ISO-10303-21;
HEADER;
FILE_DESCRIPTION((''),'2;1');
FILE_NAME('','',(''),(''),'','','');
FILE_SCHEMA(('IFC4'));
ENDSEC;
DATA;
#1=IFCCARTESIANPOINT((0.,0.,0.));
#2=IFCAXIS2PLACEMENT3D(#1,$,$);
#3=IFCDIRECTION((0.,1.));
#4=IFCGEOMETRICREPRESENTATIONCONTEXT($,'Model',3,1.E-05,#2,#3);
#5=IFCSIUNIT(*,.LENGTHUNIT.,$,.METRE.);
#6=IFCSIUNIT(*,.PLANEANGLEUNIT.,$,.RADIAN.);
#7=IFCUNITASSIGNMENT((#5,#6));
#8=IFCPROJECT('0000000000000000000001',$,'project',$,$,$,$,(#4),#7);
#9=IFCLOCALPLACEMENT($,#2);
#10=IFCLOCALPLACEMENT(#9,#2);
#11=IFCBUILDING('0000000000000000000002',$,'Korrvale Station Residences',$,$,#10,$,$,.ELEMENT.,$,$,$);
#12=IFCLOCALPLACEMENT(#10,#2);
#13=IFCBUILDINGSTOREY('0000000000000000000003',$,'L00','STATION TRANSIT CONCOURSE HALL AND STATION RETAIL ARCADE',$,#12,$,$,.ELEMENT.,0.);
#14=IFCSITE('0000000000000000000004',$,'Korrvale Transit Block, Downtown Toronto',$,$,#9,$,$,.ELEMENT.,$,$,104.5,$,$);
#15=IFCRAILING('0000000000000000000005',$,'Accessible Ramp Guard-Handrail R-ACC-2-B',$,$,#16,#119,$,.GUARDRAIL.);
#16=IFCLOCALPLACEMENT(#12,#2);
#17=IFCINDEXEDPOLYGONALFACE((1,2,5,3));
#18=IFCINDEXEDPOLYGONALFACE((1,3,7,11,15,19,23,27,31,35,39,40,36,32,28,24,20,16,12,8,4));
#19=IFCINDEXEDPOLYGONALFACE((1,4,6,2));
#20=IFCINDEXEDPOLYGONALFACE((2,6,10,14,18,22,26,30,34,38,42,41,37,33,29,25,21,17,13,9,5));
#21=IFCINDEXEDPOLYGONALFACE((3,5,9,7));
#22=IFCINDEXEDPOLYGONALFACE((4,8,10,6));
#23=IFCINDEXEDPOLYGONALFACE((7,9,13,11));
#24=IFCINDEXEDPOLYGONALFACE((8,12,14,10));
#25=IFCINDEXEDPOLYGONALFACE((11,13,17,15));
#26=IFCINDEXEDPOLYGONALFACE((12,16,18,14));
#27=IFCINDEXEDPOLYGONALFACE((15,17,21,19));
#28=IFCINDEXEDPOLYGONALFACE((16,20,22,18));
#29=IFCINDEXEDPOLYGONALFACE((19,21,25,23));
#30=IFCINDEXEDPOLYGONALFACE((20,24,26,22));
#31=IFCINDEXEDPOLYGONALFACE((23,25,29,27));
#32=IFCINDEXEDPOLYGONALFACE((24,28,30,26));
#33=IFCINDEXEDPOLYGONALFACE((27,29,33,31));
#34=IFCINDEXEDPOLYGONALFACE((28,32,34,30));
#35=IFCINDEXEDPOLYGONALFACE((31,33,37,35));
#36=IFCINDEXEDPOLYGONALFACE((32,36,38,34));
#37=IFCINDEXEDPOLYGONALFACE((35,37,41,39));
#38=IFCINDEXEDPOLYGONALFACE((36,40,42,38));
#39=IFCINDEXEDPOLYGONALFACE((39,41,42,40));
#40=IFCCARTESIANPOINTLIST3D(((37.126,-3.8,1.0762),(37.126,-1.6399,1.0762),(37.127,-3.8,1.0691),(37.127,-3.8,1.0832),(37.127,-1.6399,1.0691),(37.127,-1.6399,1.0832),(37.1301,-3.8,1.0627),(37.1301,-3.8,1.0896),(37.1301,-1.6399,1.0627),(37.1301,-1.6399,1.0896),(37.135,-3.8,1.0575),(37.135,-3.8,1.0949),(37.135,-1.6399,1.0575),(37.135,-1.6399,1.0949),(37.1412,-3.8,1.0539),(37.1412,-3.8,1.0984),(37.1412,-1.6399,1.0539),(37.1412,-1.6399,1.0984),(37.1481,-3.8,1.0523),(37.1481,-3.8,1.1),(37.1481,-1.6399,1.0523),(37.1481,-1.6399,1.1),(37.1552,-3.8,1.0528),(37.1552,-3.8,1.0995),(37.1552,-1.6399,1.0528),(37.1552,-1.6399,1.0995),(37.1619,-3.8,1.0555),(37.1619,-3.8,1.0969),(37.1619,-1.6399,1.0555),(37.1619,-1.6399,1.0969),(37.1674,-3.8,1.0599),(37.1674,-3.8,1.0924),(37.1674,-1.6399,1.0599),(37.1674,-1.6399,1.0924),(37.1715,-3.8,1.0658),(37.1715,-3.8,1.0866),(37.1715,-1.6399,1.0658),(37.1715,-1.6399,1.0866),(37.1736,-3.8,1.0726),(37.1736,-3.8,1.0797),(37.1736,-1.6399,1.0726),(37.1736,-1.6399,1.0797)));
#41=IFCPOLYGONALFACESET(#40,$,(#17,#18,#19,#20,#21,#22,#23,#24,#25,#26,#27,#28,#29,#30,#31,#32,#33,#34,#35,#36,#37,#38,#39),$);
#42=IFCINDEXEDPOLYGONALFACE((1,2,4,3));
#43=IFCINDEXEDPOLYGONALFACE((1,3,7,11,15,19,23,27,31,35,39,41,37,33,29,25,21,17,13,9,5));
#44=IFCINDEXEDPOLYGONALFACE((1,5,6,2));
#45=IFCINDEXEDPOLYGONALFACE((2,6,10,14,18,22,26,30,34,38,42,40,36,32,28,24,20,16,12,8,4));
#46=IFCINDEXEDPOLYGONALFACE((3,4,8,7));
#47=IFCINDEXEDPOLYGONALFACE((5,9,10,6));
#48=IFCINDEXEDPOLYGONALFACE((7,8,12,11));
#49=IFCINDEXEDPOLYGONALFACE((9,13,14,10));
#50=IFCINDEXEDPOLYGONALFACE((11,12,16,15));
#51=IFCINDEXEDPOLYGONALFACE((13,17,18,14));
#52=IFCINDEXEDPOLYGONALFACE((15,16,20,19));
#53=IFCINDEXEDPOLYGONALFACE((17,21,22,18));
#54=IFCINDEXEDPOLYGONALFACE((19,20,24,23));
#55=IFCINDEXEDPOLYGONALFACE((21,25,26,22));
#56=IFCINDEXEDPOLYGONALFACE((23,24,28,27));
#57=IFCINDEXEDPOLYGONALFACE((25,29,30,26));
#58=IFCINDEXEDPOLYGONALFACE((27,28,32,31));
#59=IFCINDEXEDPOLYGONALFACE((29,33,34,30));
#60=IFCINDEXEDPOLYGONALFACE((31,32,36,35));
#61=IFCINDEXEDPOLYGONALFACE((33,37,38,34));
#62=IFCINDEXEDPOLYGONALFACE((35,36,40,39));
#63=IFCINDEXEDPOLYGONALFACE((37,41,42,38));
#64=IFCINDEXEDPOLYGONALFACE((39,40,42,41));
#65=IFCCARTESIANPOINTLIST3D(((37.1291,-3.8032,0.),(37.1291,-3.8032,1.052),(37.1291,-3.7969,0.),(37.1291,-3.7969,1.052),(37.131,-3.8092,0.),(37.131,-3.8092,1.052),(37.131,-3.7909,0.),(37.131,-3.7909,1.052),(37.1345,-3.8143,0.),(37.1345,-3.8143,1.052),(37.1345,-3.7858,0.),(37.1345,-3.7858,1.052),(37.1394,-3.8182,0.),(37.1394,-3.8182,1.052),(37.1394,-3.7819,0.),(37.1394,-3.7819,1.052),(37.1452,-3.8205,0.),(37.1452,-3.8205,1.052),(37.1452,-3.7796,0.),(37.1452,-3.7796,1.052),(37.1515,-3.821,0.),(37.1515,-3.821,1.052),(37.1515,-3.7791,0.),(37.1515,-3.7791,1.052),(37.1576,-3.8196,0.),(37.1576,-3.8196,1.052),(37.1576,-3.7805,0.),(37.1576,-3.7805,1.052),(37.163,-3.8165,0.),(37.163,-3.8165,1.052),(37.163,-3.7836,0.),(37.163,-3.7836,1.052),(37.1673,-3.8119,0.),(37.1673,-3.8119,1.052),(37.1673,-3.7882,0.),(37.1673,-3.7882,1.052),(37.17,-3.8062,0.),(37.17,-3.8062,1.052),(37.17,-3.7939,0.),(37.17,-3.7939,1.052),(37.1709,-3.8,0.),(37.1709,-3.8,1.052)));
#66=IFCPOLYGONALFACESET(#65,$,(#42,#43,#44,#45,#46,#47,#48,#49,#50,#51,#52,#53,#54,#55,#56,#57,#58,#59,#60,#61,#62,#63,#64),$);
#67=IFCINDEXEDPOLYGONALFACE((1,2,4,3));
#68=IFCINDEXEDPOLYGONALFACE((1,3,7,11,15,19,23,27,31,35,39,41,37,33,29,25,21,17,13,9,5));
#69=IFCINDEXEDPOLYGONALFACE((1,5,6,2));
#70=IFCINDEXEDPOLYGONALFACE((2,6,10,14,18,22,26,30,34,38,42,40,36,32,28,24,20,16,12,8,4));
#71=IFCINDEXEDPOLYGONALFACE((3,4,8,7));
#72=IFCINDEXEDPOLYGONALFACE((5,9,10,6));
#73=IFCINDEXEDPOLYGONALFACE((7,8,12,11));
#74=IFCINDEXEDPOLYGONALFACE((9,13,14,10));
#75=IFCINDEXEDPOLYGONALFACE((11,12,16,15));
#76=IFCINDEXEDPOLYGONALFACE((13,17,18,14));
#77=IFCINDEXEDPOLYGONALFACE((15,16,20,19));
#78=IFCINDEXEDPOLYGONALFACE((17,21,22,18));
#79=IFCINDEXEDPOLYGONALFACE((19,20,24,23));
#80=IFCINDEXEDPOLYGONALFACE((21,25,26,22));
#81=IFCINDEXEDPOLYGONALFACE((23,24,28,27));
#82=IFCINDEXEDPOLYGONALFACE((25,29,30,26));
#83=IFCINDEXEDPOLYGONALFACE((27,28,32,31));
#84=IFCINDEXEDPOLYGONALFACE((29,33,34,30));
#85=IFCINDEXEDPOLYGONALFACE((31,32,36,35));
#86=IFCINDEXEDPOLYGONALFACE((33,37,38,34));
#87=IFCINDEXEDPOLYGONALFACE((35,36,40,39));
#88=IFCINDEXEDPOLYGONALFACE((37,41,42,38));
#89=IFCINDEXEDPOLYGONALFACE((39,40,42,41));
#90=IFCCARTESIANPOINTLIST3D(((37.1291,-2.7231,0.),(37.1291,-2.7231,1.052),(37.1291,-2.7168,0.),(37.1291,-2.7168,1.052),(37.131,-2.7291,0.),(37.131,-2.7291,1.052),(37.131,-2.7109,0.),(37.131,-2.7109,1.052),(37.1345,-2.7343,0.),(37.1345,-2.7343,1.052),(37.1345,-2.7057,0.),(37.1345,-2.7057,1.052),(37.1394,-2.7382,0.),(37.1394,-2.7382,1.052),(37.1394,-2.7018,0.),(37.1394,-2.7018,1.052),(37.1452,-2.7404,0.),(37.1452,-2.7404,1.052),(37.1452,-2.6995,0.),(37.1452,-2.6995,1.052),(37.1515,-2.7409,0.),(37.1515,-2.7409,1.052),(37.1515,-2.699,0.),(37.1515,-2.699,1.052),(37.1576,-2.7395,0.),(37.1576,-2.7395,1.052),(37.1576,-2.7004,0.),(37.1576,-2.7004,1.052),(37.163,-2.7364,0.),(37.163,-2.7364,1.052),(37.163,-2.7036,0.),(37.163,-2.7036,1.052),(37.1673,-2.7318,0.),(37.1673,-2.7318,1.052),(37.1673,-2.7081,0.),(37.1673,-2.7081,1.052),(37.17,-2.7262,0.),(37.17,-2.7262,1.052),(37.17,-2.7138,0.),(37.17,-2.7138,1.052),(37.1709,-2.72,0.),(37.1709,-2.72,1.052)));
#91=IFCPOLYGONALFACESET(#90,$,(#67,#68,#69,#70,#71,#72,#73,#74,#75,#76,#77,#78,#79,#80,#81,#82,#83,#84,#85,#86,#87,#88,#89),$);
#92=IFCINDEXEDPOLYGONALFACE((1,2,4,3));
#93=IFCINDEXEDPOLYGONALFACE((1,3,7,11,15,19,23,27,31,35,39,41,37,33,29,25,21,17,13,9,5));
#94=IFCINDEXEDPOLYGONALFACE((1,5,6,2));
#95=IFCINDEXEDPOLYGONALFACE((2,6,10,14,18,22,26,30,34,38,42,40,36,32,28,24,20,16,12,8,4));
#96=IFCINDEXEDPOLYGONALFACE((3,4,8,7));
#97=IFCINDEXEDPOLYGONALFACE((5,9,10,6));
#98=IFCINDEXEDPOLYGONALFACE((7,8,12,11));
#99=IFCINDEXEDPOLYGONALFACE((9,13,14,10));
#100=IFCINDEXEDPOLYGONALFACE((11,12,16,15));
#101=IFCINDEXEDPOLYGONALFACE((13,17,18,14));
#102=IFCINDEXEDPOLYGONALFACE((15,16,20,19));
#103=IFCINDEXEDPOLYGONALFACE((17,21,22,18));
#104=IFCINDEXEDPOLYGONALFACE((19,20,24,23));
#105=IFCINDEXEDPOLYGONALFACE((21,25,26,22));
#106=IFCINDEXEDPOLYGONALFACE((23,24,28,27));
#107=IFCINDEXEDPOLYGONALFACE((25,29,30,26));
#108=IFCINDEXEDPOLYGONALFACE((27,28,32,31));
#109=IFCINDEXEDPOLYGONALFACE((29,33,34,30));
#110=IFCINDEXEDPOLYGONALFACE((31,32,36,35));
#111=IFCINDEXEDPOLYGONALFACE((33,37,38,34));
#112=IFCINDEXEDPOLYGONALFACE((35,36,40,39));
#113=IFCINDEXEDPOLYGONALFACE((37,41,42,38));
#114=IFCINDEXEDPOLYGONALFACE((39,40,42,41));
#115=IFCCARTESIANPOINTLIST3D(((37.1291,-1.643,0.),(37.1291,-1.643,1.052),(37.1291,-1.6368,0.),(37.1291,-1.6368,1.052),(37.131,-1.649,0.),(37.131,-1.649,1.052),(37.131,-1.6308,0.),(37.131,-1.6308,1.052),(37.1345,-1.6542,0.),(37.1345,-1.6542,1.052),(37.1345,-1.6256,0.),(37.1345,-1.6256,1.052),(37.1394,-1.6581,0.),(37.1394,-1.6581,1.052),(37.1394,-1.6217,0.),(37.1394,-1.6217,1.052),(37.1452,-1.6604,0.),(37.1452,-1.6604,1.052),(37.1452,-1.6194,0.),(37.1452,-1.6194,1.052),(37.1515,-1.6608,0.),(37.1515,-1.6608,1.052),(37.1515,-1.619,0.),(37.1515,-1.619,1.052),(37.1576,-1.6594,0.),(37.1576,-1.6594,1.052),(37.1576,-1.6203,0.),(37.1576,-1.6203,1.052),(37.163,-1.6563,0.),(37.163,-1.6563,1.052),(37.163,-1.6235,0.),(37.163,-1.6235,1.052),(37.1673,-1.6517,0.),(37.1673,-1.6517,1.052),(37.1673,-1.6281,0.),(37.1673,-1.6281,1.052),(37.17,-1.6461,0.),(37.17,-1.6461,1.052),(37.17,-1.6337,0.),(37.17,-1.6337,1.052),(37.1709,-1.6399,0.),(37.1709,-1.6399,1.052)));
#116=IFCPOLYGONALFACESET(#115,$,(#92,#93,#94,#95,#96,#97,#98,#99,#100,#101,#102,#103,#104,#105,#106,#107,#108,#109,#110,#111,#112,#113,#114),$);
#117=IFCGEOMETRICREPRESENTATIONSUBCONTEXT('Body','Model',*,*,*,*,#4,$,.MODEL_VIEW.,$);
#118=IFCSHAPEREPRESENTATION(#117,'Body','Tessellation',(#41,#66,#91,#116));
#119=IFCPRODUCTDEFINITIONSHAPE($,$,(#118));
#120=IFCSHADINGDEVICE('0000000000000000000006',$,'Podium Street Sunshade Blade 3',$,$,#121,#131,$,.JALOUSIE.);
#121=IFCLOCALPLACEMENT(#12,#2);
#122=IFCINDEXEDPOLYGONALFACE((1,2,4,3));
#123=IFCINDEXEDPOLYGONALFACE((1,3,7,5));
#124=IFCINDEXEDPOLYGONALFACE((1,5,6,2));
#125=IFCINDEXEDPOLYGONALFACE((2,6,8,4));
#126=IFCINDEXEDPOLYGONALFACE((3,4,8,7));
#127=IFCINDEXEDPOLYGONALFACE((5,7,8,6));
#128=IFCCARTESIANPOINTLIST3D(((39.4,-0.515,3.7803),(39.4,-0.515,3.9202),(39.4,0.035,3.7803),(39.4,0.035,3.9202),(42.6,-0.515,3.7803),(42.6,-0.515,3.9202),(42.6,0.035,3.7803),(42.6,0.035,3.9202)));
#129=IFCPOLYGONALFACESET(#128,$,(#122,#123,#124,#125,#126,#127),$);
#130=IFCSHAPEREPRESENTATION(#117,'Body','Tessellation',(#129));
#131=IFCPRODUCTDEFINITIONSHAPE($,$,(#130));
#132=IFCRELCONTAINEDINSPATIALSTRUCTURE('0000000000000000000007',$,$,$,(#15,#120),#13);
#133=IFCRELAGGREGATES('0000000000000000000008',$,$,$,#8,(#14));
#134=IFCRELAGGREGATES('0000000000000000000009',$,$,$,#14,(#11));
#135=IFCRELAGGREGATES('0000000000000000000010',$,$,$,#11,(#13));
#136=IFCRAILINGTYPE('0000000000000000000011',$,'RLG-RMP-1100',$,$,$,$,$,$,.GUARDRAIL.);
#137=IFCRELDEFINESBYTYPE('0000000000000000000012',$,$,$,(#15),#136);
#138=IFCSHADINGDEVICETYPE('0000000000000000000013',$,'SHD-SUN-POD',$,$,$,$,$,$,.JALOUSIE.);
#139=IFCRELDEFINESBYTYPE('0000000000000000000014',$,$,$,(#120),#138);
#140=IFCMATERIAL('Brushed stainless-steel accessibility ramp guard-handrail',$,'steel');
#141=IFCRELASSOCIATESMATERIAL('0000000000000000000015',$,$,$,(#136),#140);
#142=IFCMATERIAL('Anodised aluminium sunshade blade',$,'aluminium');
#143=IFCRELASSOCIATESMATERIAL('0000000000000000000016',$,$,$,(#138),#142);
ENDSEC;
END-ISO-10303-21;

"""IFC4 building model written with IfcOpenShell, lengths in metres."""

from ifc_helpers import new_model, si_unit, direction, frame, origin, origin_2d, place, context, subcontext, project, spatial, rectangle, circle, extrude, material, type_object, element, save


model = new_model("IFC4")

# Units and contexts
model_context = context("Model", 3, precision=1e-05, world=origin(), true_north=direction((0.0, 1.0)))
body_context = subcontext(model_context, "Body", "Model", "MODEL_VIEW")
ifc_project = project(units=[si_unit("LENGTHUNIT", "METRE"), si_unit("PLANEANGLEUNIT", "RADIAN")], contexts=[model_context])

# Site, building, storey
site_placement = place(None, origin())
site = spatial("IfcSite", under=ifc_project, at=site_placement, Name="Korrvale Transit Block, Downtown Toronto", CompositionType="ELEMENT", RefElevation=104.5)
building_placement = place(site_placement, origin())
building = spatial("IfcBuilding", under=site, at=building_placement, Name="Korrvale Station Residences", CompositionType="ELEMENT")
storey_placement = place(building_placement, origin())
storey = spatial("IfcBuildingStorey", under=building, at=storey_placement, Name="L00", Description="STATION TRANSIT CONCOURSE HALL AND STATION RETAIL ARCADE", CompositionType="ELEMENT", Elevation=0.0)

# Railing
ifc_material_1 = material(Name="Brushed stainless-steel accessibility ramp guard-handrail", Category="steel")
railing_type = type_object("IfcRailingType", Name="RLG-RMP-1100", PredefinedType="GUARDRAIL", material=ifc_material_1)
for number, where, name in (
    (1, (37.1499, -3.8, 0.0), "Accessible Ramp Guard-Handrail R-ACC-2-B"),
):
    element("IfcRailing", number, at=place(storey_placement, frame(where)), inside=storey, type_object=railing_type, Name=name, PredefinedType="GUARDRAIL", context=body_context, shape_type="SweptSolid", body=[
        extrude(circle(Radius=0.0239, at=origin_2d()), frame((0.0, 0.0, 1.0762), z_axis=(0.0, 1.0, 0.0), x_axis=(-1.0, 0.0, 0.0)), (0.0, 0.0, 1.0), 2.1602),
        extrude(circle(Radius=0.021, at=origin_2d()), origin(), (0.0, 0.0, 1.0), 1.052),
        extrude(circle(Radius=0.021, at=origin_2d()), frame((0.0, 1.0801, 0.0)), (0.0, 0.0, 1.0), 1.052),
        extrude(circle(Radius=0.021, at=origin_2d()), frame((0.0, 2.1602, 0.0)), (0.0, 0.0, 1.0), 1.052),
    ])

# Shading device
ifc_material_2 = material(Name="Anodised aluminium sunshade blade", Category="aluminium")
shading_device_type = type_object("IfcShadingDeviceType", Name="SHD-SUN-POD", PredefinedType="JALOUSIE", material=ifc_material_2)
shading_device_placement = place(storey_placement, frame((41.0, -0.24, 3.7803), z_axis=(0.0, 0.0, 1.0), x_axis=(1.0, 0.0, 0.0)))
element("IfcShadingDevice", 2, at=shading_device_placement, inside=storey, type_object=shading_device_type, Name="Podium Street Sunshade Blade 3", PredefinedType="JALOUSIE", context=body_context, shape_type="SweptSolid", body=[
    extrude(rectangle(XDim=3.2, YDim=0.55, at=origin_2d()), origin(), (0.0, 0.0, 1.0), 0.1399),
])

save(model, "model.ifc")
